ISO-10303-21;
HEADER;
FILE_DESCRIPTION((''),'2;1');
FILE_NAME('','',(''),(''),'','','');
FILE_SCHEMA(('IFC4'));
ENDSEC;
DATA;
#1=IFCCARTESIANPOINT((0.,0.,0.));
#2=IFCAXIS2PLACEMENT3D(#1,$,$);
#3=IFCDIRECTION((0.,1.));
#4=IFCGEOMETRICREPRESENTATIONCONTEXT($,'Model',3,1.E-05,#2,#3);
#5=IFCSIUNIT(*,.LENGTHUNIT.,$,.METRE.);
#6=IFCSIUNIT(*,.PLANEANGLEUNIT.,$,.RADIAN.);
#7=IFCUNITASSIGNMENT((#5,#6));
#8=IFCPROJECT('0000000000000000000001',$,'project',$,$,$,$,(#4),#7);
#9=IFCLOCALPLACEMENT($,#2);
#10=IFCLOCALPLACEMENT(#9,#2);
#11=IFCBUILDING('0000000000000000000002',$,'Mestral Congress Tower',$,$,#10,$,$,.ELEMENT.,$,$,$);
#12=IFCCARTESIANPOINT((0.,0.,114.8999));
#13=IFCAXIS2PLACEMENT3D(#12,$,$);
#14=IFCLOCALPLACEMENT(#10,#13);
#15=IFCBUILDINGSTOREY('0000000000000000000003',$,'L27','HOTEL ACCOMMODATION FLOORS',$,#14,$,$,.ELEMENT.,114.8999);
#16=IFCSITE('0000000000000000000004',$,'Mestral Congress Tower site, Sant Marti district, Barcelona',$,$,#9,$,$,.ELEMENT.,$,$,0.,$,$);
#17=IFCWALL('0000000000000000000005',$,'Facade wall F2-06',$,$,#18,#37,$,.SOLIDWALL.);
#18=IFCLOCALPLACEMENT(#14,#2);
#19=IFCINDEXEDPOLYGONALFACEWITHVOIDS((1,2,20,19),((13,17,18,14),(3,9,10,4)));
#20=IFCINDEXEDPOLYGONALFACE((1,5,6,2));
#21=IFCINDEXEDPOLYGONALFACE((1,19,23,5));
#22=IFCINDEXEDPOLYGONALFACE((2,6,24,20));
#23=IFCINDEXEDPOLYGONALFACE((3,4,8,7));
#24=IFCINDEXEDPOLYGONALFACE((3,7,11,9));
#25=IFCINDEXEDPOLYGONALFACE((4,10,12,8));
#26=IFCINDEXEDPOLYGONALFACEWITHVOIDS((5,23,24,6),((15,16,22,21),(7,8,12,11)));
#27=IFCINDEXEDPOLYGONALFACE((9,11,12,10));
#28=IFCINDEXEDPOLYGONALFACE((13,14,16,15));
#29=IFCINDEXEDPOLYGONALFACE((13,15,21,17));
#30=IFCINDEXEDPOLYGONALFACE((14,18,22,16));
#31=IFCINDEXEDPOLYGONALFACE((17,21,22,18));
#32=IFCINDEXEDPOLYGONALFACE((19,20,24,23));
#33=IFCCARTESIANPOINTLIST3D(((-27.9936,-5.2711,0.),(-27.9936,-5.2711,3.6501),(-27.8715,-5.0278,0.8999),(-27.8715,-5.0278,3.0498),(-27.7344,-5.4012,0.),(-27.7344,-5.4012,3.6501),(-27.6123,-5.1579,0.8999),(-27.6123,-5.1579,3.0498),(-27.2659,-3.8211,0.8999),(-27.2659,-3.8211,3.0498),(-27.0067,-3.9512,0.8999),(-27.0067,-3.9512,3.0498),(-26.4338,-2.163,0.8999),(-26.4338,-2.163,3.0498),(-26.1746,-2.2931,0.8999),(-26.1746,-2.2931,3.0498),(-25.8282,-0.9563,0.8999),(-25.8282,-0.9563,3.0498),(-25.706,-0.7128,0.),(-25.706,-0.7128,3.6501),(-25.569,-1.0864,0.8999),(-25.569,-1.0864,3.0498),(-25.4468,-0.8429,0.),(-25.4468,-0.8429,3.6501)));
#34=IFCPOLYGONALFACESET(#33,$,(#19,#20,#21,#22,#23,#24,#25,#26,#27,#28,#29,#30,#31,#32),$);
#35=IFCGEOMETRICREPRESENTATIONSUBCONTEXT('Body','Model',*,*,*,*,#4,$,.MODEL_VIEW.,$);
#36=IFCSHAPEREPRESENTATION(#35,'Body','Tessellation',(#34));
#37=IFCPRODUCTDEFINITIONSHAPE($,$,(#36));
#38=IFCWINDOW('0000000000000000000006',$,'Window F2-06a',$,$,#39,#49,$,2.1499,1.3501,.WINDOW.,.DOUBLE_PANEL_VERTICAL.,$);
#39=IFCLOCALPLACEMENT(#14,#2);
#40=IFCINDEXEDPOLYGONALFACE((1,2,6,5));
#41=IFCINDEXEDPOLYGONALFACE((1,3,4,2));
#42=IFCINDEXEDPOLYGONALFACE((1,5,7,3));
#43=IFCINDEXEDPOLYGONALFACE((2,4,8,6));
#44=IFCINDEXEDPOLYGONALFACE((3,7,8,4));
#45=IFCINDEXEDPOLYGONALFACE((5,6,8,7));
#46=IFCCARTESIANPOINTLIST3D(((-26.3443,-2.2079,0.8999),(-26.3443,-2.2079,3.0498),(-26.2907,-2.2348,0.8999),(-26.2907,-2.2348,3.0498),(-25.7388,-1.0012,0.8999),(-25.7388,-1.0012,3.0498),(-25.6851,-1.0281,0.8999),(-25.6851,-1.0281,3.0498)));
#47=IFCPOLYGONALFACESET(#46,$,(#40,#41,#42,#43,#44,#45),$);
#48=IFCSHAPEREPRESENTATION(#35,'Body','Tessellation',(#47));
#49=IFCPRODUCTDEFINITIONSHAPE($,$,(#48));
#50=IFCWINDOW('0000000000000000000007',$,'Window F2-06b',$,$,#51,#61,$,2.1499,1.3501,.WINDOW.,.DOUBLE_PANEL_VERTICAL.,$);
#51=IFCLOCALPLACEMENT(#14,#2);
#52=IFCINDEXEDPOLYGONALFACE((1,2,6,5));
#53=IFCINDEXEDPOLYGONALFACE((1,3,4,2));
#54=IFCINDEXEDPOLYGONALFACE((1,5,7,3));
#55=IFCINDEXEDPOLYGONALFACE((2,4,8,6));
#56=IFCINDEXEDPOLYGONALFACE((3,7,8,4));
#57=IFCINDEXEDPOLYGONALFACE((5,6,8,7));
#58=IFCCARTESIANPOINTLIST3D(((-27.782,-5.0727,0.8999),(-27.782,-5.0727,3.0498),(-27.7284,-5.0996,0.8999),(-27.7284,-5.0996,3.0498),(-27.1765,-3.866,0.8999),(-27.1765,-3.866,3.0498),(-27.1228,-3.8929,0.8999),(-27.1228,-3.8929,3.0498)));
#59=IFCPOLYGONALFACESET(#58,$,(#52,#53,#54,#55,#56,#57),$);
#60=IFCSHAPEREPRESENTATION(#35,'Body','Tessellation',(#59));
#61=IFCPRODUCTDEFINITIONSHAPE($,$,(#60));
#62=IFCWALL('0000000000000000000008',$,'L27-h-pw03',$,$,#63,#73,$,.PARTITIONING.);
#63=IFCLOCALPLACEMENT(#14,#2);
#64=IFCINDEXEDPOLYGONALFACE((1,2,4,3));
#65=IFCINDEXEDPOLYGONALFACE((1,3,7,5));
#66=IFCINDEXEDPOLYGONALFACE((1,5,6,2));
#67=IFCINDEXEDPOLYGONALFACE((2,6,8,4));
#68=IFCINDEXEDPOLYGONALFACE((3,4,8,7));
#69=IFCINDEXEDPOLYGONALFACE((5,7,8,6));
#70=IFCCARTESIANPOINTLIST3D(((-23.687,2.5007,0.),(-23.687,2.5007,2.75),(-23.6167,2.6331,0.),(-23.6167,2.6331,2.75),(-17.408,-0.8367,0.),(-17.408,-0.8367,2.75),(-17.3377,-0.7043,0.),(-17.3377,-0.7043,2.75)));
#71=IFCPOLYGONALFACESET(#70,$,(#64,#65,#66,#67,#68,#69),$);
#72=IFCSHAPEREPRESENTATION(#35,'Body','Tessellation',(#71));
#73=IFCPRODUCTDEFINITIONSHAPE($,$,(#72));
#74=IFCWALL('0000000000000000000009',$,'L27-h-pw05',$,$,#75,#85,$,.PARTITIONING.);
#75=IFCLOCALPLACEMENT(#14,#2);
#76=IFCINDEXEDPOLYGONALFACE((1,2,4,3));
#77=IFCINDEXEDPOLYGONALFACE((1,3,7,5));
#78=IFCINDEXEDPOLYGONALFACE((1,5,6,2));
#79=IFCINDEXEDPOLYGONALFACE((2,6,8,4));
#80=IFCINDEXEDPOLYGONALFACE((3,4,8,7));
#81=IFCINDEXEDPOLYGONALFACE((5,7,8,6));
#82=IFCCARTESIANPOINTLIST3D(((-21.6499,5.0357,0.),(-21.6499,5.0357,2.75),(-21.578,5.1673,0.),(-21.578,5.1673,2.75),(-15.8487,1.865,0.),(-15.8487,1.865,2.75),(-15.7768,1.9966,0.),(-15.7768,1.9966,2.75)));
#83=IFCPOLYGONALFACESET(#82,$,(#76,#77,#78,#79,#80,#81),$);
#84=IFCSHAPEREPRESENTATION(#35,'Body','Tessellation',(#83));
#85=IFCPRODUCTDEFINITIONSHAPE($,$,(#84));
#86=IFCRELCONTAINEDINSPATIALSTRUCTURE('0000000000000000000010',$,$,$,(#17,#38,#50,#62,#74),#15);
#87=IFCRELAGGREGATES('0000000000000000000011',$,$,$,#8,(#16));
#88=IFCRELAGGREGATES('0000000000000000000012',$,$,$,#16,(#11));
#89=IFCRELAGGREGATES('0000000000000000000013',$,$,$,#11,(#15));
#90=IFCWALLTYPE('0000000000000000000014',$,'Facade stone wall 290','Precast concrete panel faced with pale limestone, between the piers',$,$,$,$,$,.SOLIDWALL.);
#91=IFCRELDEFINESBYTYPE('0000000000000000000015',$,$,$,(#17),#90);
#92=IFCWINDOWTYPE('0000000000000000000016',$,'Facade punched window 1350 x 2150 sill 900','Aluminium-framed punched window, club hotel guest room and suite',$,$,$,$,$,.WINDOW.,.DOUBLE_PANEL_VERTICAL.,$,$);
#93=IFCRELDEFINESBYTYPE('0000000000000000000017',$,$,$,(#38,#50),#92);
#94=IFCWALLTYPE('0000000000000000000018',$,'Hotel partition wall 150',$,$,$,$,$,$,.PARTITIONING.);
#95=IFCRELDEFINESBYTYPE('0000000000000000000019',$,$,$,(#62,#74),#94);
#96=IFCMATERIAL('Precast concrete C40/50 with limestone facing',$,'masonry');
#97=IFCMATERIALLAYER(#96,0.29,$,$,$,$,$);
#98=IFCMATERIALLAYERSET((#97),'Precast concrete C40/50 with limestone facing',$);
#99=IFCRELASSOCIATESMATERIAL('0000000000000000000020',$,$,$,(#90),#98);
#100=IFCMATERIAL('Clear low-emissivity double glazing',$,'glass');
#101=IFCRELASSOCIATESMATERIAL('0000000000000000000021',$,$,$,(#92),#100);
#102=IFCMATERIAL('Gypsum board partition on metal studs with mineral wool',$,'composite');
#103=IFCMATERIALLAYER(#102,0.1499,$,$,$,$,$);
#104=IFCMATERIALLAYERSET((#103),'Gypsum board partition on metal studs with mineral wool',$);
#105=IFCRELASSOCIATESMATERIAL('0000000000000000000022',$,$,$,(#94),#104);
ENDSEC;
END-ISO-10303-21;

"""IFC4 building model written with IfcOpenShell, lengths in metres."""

from ifc_helpers import new_model, si_unit, direction, frame, frame_2d, origin, place, context, subcontext, project, spatial, rectangle, extrude, material, layer, layer_set, type_object, element, fill, save


model = new_model("IFC4")

# Units and contexts
model_context = context("Model", 3, precision=1e-05, world=origin(), true_north=direction((0.0, 1.0)))
body_context = subcontext(model_context, "Body", "Model", "MODEL_VIEW")
ifc_project = project(units=[si_unit("LENGTHUNIT", "METRE"), si_unit("PLANEANGLEUNIT", "RADIAN")], contexts=[model_context])

# Site, building, storey
site_placement = place(None, origin())
site = spatial("IfcSite", under=ifc_project, at=site_placement, Name="Mestral Congress Tower site, Sant Marti district, Barcelona", CompositionType="ELEMENT", RefElevation=0.0)
building_placement = place(site_placement, origin())
building = spatial("IfcBuilding", under=site, at=building_placement, Name="Mestral Congress Tower", CompositionType="ELEMENT")
storey_placement = place(building_placement, frame((0.0, 0.0, 114.8999)))
storey = spatial("IfcBuildingStorey", under=building, at=storey_placement, Name="L27", Description="HOTEL ACCOMMODATION FLOORS", CompositionType="ELEMENT", Elevation=114.8999)

# Wall, openings, windows
ifc_material_1 = material(Name="Precast concrete C40/50 with limestone facing", Category="masonry")
ifc_layer_1 = layer(ifc_material_1, 0.29)
ifc_layer_set_1 = layer_set([ifc_layer_1], Name="Precast concrete C40/50 with limestone facing")
wall_type_1 = type_object("IfcWallType", Name="Facade stone wall 290", Description="Precast concrete panel faced with pale limestone, between the piers", PredefinedType="SOLIDWALL", material=ifc_layer_set_1)
ifc_material_2 = material(Name="Clear low-emissivity double glazing", Category="glass")
window_type = type_object("IfcWindowType", Name="Facade punched window 1350 x 2150 sill 900", Description="Aluminium-framed punched window, club hotel guest room and suite", PartitioningType="DOUBLE_PANEL_VERTICAL", PredefinedType="WINDOW", material=ifc_material_2)
wall_1_placement = place(storey_placement, frame((-25.5764, -0.7778, 0.0), z_axis=(0.0, 0.0, 1.0), x_axis=(-0.448534, -0.893766, 0.0)))
wall_1 = element("IfcWall", 1, at=wall_1_placement, inside=storey, type_object=wall_type_1, Name="Facade wall F2-06", PredefinedType="SOLIDWALL", context=body_context, shape_type="SweptSolid", body=[
    extrude(rectangle(XDim=5.1001, YDim=0.29, at=frame_2d((2.55, 0.0))), origin(), (0.0, 0.0, 1.0), 3.6501),
])
opening_1_placement = place(wall_1_placement, frame((0.2725, 0.0, 0.8999)))
opening_1 = element("IfcOpeningElement", 2, at=opening_1_placement, cuts=wall_1, PredefinedType="OPENING", context=body_context, shape_type="SweptSolid", body=[
    extrude(rectangle(XDim=1.3501, YDim=2.1499, at=frame_2d((0.675, 1.075))), frame((0.0, 0.155, 0.0), z_axis=(0.0, -1.0, 0.0), x_axis=(1.0, 0.0, 0.0)), (0.0, 0.0, 1.0), 0.3101),
])
opening_2_placement = place(wall_1_placement, frame((3.4778, 0.0, 0.8999)))
opening_2 = element("IfcOpeningElement", 3, at=opening_2_placement, cuts=wall_1, PredefinedType="OPENING", context=body_context, shape_type="SweptSolid", body=[
    extrude(rectangle(XDim=1.3501, YDim=2.1499, at=frame_2d((0.675, 1.075))), frame((0.0, 0.155, 0.0), z_axis=(0.0, -1.0, 0.0), x_axis=(1.0, 0.0, 0.0)), (0.0, 0.0, 1.0), 0.3101),
])
window_1_placement = place(opening_1_placement, origin())
window_1 = element("IfcWindow", 4, at=window_1_placement, inside=storey, type_object=window_type, Name="Window F2-06a", OverallHeight=2.1499, OverallWidth=1.3501, PartitioningType="DOUBLE_PANEL_VERTICAL", PredefinedType="WINDOW", context=body_context, shape_type="SweptSolid", body=[
    extrude(rectangle(XDim=1.3501, YDim=2.1499, at=frame_2d((0.675, 1.075))), frame((0.0, 0.0151, 0.0), z_axis=(0.0, -1.0, 0.0), x_axis=(1.0, 0.0, 0.0)), (0.0, 0.0, 1.0), 0.0601),
])
fill(opening_1, window_1)
window_2_placement = place(opening_2_placement, origin())
window_2 = element("IfcWindow", 5, at=window_2_placement, inside=storey, type_object=window_type, Name="Window F2-06b", OverallHeight=2.1499, OverallWidth=1.3501, PartitioningType="DOUBLE_PANEL_VERTICAL", PredefinedType="WINDOW", context=body_context, shape_type="SweptSolid", body=[
    extrude(rectangle(XDim=1.3501, YDim=2.1499, at=frame_2d((0.675, 1.075))), frame((0.0, 0.0151, 0.0), z_axis=(0.0, -1.0, 0.0), x_axis=(1.0, 0.0, 0.0)), (0.0, 0.0, 1.0), 0.0601),
])
fill(opening_2, window_2)

# Walls
ifc_material_3 = material(Name="Gypsum board partition on metal studs with mineral wool", Category="composite")
ifc_layer_2 = layer(ifc_material_3, 0.1499)
ifc_layer_set_2 = layer_set([ifc_layer_2], Name="Gypsum board partition on metal studs with mineral wool")
wall_type_2 = type_object("IfcWallType", Name="Hotel partition wall 150", PredefinedType="PARTITIONING", material=ifc_layer_set_2)
wall_2_placement = place(storey_placement, frame((-23.6519, 2.5669, 0.0), z_axis=(0.0, 0.0, 1.0), x_axis=(0.883019, -0.469337, 0.0)))
element("IfcWall", 6, at=wall_2_placement, inside=storey, type_object=wall_type_2, Name="L27-h-pw03", PredefinedType="PARTITIONING", context=body_context, shape_type="SweptSolid", body=[
    extrude(rectangle(XDim=7.1108, YDim=0.1499, at=frame_2d((3.5554, 0.0))), origin(), (0.0, 0.0, 1.0), 2.75),
])
wall_3_placement = place(storey_placement, frame((-21.614, 5.1016, 0.0), z_axis=(0.0, 0.0, 1.0), x_axis=(0.877485, -0.479605, 0.0)))
element("IfcWall", 7, at=wall_3_placement, inside=storey, type_object=wall_type_2, Name="L27-h-pw05", PredefinedType="PARTITIONING", context=body_context, shape_type="SweptSolid", body=[
    extrude(rectangle(XDim=6.6111, YDim=0.1499, at=frame_2d((3.3057, 0.0))), origin(), (0.0, 0.0, 1.0), 2.75),
])

save(model, "model.ifc")
